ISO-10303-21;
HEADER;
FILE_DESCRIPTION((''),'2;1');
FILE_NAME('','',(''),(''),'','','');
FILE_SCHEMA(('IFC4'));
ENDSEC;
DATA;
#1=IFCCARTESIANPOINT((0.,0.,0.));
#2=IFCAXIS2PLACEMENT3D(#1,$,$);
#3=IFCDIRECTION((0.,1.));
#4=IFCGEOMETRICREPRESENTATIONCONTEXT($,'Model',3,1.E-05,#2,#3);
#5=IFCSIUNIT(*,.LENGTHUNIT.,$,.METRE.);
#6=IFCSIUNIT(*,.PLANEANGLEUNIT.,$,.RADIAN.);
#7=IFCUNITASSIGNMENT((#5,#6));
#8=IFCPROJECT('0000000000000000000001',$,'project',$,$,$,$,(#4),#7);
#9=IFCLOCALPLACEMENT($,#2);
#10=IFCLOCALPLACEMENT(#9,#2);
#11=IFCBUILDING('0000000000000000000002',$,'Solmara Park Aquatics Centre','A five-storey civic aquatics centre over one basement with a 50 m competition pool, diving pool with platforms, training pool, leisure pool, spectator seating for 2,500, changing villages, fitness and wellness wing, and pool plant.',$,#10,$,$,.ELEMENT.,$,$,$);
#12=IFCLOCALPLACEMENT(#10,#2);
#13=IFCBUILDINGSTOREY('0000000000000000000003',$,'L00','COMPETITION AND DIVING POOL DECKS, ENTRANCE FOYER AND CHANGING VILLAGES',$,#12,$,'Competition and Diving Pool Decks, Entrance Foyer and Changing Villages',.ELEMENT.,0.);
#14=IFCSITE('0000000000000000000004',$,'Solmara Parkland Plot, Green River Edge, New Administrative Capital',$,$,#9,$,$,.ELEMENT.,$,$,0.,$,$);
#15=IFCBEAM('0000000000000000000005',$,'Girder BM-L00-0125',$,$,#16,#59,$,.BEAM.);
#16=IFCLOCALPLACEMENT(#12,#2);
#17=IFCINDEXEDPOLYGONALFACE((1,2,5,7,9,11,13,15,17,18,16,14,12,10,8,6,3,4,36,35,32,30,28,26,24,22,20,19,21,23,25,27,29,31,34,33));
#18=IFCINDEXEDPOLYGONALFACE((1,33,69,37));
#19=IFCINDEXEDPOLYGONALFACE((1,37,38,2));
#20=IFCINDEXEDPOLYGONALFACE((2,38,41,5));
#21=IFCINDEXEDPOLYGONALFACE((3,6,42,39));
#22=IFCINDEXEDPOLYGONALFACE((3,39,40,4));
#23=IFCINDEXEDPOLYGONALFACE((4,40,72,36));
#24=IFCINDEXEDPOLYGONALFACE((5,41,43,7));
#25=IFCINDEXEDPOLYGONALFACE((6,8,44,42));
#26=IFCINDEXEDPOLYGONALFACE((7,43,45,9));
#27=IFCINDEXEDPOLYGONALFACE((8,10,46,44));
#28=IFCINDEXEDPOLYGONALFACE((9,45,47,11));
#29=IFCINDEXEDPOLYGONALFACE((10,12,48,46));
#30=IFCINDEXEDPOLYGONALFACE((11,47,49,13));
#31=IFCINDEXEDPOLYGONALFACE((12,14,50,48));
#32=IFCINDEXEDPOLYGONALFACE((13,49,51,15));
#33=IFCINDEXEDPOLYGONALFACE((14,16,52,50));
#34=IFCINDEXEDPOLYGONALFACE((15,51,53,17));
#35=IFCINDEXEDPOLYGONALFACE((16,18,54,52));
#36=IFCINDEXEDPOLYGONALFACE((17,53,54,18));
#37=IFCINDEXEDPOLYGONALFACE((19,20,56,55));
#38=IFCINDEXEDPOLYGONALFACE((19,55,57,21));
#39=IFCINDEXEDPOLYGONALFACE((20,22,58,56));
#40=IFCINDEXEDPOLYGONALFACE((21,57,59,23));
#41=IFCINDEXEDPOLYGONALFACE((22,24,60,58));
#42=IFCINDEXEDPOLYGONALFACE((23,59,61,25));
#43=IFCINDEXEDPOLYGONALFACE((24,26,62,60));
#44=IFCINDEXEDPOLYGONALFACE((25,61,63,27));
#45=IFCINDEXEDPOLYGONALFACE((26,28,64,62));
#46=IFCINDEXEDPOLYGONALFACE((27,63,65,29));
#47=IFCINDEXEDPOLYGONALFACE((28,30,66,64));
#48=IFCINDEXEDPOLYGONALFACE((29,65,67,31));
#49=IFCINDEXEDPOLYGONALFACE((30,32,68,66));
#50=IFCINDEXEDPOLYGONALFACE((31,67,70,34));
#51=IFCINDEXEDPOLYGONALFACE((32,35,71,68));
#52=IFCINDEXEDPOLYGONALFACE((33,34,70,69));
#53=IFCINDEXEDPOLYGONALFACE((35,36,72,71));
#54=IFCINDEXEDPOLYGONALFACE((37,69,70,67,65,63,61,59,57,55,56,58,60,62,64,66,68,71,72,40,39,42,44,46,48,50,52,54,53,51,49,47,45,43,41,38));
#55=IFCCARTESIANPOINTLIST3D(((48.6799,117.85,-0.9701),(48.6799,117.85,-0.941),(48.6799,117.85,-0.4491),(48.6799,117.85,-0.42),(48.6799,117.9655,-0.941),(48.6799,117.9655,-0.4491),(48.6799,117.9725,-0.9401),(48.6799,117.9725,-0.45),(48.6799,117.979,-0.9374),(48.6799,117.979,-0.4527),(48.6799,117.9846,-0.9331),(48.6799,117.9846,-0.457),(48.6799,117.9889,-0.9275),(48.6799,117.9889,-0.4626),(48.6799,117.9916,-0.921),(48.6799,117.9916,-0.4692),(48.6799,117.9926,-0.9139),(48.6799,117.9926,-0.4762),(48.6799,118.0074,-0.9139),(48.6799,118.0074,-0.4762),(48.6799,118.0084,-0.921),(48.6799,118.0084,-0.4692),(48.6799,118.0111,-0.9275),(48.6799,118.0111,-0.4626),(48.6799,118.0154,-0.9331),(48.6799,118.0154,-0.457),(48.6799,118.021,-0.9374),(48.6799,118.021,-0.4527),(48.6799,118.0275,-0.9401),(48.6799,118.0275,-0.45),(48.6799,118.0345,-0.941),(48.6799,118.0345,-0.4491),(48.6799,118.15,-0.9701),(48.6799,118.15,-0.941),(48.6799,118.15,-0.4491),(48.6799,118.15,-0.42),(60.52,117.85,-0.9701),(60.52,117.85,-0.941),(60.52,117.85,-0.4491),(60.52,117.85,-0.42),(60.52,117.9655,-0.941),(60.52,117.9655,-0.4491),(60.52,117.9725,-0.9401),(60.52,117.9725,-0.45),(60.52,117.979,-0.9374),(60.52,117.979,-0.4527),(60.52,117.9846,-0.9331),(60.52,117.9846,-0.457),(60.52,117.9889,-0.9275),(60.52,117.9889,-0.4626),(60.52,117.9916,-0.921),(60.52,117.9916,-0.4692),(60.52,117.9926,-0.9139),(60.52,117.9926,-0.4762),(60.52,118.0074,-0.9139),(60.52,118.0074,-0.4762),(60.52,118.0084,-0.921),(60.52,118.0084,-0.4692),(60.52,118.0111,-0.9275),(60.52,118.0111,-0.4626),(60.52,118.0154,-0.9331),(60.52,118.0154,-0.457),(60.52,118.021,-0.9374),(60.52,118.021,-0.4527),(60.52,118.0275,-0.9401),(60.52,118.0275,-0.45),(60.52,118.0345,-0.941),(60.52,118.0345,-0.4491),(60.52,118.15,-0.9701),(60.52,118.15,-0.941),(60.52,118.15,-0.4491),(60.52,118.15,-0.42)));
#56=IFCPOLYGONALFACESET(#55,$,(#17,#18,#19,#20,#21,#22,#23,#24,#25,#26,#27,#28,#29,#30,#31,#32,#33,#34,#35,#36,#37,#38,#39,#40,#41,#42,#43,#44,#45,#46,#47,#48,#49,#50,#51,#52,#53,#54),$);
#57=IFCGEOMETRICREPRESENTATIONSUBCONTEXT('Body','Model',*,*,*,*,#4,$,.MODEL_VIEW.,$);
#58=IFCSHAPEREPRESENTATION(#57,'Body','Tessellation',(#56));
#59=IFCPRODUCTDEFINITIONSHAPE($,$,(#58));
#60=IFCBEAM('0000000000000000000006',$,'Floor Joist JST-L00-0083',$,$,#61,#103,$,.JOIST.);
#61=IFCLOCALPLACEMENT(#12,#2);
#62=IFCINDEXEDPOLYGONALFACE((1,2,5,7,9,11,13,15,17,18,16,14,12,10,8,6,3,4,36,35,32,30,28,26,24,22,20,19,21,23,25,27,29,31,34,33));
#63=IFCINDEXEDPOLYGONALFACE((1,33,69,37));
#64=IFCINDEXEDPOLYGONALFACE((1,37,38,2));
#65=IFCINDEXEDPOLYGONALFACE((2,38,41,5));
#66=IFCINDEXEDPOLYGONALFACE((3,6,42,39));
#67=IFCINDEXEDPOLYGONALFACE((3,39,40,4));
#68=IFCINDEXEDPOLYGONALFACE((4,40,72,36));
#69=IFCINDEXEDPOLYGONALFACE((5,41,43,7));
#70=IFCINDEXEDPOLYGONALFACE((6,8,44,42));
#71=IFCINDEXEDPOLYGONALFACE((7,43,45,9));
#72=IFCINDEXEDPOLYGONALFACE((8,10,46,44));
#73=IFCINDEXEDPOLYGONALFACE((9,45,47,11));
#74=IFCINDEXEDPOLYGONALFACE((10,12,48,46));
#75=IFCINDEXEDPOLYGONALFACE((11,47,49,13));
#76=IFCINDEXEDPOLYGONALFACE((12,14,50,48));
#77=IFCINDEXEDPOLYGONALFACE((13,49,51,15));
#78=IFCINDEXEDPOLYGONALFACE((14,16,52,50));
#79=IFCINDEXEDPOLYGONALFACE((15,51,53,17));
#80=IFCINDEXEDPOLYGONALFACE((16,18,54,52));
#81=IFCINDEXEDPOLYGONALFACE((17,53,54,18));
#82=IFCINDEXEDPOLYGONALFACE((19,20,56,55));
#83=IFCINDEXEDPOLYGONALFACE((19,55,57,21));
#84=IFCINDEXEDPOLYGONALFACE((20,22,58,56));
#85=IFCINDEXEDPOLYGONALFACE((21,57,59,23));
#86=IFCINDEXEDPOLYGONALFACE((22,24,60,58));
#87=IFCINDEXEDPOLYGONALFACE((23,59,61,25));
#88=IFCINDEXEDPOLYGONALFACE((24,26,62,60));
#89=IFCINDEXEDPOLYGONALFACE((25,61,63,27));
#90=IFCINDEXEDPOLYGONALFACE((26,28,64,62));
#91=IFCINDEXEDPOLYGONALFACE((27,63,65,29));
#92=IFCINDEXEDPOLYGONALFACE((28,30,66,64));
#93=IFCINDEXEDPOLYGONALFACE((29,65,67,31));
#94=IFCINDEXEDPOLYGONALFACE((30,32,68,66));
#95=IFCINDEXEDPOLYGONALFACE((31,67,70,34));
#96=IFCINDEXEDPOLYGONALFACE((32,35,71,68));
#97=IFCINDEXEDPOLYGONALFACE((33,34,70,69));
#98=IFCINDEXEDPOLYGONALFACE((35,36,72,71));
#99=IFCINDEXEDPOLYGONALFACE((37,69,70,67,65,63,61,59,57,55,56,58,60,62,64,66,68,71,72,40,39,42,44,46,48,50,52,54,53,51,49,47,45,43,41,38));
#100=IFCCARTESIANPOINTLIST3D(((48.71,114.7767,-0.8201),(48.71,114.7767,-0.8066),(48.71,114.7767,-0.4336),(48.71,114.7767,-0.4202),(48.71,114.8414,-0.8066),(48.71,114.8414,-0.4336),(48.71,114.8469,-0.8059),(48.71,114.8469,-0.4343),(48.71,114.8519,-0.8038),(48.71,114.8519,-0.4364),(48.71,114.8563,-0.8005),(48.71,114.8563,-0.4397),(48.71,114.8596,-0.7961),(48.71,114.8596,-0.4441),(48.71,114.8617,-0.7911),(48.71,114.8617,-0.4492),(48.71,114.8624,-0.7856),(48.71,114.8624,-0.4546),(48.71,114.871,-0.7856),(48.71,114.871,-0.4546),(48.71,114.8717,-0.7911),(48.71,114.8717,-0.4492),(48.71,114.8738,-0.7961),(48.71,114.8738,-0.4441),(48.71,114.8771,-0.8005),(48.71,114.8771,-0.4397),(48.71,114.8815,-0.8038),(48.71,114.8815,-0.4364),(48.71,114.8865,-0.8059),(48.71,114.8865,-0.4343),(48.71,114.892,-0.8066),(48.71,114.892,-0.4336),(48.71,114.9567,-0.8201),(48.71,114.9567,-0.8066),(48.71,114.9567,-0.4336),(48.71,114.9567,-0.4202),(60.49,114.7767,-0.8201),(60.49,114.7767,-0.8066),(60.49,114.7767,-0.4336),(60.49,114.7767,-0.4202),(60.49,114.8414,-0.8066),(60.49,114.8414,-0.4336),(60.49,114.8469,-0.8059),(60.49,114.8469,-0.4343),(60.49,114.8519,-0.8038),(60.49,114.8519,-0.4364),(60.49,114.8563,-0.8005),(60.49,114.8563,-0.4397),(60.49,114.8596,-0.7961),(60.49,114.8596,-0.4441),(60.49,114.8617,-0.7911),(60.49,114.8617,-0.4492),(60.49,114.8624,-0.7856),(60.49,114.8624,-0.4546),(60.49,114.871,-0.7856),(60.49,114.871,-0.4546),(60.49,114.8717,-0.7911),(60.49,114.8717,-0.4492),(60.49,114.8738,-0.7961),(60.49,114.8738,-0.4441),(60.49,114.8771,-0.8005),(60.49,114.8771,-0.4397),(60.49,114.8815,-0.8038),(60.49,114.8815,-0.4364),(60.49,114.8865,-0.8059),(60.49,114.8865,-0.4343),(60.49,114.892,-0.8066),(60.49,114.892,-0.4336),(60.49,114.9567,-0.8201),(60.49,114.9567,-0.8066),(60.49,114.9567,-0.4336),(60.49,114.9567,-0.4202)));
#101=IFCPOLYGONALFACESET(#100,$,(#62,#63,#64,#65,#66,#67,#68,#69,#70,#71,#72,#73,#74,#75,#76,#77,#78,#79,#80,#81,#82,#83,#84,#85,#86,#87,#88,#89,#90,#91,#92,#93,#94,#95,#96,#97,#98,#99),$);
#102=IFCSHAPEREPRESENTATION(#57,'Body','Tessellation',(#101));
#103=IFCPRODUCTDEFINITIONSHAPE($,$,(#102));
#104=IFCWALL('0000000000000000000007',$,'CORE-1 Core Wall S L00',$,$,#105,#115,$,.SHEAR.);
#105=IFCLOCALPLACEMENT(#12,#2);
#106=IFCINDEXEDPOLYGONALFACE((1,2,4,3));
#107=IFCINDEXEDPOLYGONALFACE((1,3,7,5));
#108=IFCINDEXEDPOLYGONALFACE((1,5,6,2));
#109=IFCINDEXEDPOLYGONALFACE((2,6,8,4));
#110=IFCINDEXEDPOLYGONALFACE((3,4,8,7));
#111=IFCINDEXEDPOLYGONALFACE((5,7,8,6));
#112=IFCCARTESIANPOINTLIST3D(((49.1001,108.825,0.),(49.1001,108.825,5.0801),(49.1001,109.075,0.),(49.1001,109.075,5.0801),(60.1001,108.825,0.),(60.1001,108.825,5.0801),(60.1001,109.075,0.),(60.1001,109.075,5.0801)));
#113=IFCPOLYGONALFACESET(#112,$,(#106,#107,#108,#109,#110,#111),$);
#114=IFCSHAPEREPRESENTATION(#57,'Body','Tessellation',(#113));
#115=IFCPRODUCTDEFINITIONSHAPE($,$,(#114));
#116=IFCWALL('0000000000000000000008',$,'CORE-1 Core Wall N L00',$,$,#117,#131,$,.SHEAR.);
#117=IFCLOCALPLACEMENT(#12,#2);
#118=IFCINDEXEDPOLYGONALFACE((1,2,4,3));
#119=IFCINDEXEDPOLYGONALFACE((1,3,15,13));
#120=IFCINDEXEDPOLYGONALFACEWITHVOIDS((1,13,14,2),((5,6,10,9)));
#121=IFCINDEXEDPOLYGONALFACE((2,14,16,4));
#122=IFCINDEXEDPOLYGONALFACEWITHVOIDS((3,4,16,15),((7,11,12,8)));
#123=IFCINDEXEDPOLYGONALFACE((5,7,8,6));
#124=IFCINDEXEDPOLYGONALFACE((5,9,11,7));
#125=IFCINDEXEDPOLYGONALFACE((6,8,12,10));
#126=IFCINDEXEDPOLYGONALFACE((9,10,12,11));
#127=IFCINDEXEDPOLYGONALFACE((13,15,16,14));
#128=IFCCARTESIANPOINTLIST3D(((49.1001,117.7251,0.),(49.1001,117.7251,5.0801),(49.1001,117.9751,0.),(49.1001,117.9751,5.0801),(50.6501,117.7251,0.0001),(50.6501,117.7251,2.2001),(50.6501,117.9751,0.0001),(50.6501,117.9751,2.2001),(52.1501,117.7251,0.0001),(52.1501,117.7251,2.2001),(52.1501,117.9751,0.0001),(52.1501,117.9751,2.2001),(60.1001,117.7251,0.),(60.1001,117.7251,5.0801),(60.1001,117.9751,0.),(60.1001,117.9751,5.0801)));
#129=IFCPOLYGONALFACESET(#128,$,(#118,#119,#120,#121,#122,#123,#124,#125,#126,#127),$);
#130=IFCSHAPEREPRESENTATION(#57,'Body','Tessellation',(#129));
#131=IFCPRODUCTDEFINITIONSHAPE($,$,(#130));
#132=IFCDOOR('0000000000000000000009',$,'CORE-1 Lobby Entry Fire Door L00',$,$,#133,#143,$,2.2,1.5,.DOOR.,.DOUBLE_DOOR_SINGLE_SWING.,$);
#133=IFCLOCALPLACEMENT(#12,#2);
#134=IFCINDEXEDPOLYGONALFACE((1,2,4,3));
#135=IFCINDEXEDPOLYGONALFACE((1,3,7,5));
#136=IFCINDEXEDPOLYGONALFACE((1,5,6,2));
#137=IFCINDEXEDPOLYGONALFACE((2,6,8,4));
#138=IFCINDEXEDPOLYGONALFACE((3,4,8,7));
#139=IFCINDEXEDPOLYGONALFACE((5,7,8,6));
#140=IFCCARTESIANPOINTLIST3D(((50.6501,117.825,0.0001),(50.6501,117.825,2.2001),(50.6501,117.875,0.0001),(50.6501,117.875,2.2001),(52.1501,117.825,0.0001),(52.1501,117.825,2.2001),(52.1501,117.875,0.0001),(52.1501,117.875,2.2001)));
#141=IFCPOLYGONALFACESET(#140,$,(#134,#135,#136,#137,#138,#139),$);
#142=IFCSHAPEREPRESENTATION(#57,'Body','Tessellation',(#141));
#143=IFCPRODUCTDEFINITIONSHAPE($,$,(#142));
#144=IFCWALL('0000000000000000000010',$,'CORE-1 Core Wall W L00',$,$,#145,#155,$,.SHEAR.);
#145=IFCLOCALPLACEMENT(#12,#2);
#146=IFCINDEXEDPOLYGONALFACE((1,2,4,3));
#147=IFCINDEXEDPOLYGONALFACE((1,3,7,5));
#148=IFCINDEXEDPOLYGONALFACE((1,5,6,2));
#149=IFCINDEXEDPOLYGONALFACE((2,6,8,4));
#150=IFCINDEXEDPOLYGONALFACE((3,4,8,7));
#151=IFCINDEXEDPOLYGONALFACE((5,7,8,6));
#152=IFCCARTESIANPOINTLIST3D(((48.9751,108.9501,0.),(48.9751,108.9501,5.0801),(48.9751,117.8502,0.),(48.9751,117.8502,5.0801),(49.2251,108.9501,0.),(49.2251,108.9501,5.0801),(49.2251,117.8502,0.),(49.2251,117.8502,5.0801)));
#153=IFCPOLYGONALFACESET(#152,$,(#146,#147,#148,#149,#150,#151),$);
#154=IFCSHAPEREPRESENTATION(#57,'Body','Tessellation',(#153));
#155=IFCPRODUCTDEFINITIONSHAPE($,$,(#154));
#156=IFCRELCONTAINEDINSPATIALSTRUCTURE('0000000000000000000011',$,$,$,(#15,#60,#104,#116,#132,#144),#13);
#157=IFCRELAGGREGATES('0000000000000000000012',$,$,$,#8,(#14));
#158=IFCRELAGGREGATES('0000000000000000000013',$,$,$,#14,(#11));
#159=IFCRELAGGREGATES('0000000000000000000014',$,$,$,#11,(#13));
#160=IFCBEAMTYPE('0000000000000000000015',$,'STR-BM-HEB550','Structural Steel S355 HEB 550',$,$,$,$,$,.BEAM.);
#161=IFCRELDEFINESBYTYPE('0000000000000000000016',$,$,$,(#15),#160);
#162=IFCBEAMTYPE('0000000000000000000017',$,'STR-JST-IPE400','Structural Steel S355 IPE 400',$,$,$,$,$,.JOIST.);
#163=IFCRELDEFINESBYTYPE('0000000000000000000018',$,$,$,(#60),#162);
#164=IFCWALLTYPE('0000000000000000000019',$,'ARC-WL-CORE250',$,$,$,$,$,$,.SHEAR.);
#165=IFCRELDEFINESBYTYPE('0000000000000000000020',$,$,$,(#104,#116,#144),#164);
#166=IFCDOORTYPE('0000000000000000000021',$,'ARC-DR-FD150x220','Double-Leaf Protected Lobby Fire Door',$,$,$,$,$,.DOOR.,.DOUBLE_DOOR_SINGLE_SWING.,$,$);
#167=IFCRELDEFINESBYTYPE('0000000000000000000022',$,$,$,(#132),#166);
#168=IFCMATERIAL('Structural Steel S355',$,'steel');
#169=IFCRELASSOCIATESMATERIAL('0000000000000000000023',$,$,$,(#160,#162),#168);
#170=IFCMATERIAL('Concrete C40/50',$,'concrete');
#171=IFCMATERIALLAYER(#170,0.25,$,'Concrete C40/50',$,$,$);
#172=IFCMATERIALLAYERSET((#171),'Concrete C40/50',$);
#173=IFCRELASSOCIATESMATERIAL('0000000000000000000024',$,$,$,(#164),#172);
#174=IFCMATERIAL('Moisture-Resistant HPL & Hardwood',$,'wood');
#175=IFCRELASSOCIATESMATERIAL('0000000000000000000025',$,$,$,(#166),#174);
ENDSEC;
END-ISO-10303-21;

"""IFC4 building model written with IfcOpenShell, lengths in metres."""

from ifc_helpers import new_model, si_unit, direction, frame, frame_2d, origin, origin_2d, place, context, subcontext, project, spatial, rectangle, i_section, extrude, material, layer, layer_set, material_profile, profile_set, type_object, element, fill, save


model = new_model("IFC4")

# Units and contexts
model_context = context("Model", 3, precision=1e-05, world=origin(), true_north=direction((0.0, 1.0)))
body_context = subcontext(model_context, "Body", "Model", "MODEL_VIEW")
ifc_project = project(units=[si_unit("LENGTHUNIT", "METRE"), si_unit("PLANEANGLEUNIT", "RADIAN")], contexts=[model_context])

# Site, building, storey
site_placement = place(None, origin())
site = spatial("IfcSite", under=ifc_project, at=site_placement, Name="Solmara Parkland Plot, Green River Edge, New Administrative Capital", CompositionType="ELEMENT", RefElevation=0.0)
building_placement = place(site_placement, origin())
building = spatial("IfcBuilding", under=site, at=building_placement, Name="Solmara Park Aquatics Centre", Description="A five-storey civic aquatics centre over one basement with a 50 m competition pool, diving pool with platforms, training pool, leisure pool, spectator seating for 2,500, changing villages, fitness and wellness wing, and pool plant.", CompositionType="ELEMENT")
storey_placement = place(building_placement, origin())
storey = spatial("IfcBuildingStorey", under=building, at=storey_placement, Name="L00", Description="COMPETITION AND DIVING POOL DECKS, ENTRANCE FOYER AND CHANGING VILLAGES", LongName="Competition and Diving Pool Decks, Entrance Foyer and Changing Villages", CompositionType="ELEMENT", Elevation=0.0)

# Beams
ifc_material_1 = material(Name="Structural Steel S355", Category="steel")
ifc_material_profile_1 = material_profile(ifc_material_1, i_section(OverallWidth=0.3, OverallDepth=0.55, WebThickness=0.0149, FlangeThickness=0.0291, FilletRadius=0.0271, at=origin_2d()), Name="HEB 550")
ifc_profile_set_1 = profile_set([ifc_material_profile_1], Name="Structural Steel S355")
beam_type_1 = type_object("IfcBeamType", Name="STR-BM-HEB550", Description="Structural Steel S355 HEB 550", PredefinedType="BEAM", material=ifc_profile_set_1)
beam_1_placement = place(storey_placement, frame((48.6799, 118.0, -0.6951), z_axis=(1.0, 0.0, 0.0), x_axis=(0.0, 1.0, 0.0)))
element("IfcBeam", 1, at=beam_1_placement, inside=storey, type_object=beam_type_1, Name="Girder BM-L00-0125", PredefinedType="BEAM", context=body_context, shape_type="SweptSolid", body=[
    extrude(i_section(OverallWidth=0.3, OverallDepth=0.55, WebThickness=0.0149, FlangeThickness=0.0291, FilletRadius=0.0271, at=origin_2d()), origin(), (0.0, 0.0, 1.0), 11.8401),
])
ifc_material_profile_2 = material_profile(ifc_material_1, i_section(OverallWidth=0.1799, OverallDepth=0.3999, WebThickness=0.0085, FlangeThickness=0.0134, FilletRadius=0.021, at=origin_2d()), Name="IPE 400")
ifc_profile_set_2 = profile_set([ifc_material_profile_2], Name="Structural Steel S355")
beam_type_2 = type_object("IfcBeamType", Name="STR-JST-IPE400", Description="Structural Steel S355 IPE 400", PredefinedType="JOIST", material=ifc_profile_set_2)
beam_2_placement = place(storey_placement, frame((48.71, 114.8667, -0.6201), z_axis=(1.0, 0.0, 0.0), x_axis=(0.0, 1.0, 0.0)))
element("IfcBeam", 2, at=beam_2_placement, inside=storey, type_object=beam_type_2, Name="Floor Joist JST-L00-0083", PredefinedType="JOIST", context=body_context, shape_type="SweptSolid", body=[
    extrude(i_section(OverallWidth=0.1799, OverallDepth=0.3999, WebThickness=0.0085, FlangeThickness=0.0134, FilletRadius=0.021, at=origin_2d()), origin(), (0.0, 0.0, 1.0), 11.78),
])

# Wall
ifc_material_2 = material(Name="Concrete C40/50", Category="concrete")
ifc_layer_1 = layer(ifc_material_2, 0.25, Name="Concrete C40/50")
ifc_layer_set_1 = layer_set([ifc_layer_1], Name="Concrete C40/50")
wall_type_1 = type_object("IfcWallType", Name="ARC-WL-CORE250", PredefinedType="SHEAR", material=ifc_layer_set_1)
wall_1_placement = place(storey_placement, frame((49.1001, 108.95, 0.0), z_axis=(0.0, 0.0, 1.0), x_axis=(1.0, 0.0, 0.0)))
element("IfcWall", 3, at=wall_1_placement, inside=storey, type_object=wall_type_1, Name="CORE-1 Core Wall S L00", PredefinedType="SHEAR", context=body_context, shape_type="SweptSolid", body=[
    extrude(rectangle(XDim=11.0, YDim=0.25, at=frame_2d((5.5, 0.0))), origin(), (0.0, 0.0, 1.0), 5.0801),
])

# Wall, opening, door
wall_2_placement = place(storey_placement, frame((49.1001, 117.8501, 0.0), z_axis=(0.0, 0.0, 1.0), x_axis=(1.0, 0.0, 0.0)))
wall_2 = element("IfcWall", 4, at=wall_2_placement, inside=storey, type_object=wall_type_1, Name="CORE-1 Core Wall N L00", PredefinedType="SHEAR", context=body_context, shape_type="SweptSolid", body=[
    extrude(rectangle(XDim=11.0, YDim=0.25, at=frame_2d((5.5, 0.0))), origin(), (0.0, 0.0, 1.0), 5.0801),
])
opening_1_placement = place(wall_2_placement, frame((1.55, 0.0, 0.0)))
opening_1 = element("IfcOpeningElement", 5, at=opening_1_placement, cuts=wall_2, PredefinedType="OPENING", context=body_context, shape_type="SweptSolid", body=[
    extrude(rectangle(XDim=1.5, YDim=2.2, at=frame_2d((0.75, 1.1001))), frame((0.0, 0.135, 0.0), z_axis=(0.0, -1.0, 0.0), x_axis=(1.0, 0.0, 0.0)), (0.0, 0.0, 1.0), 0.27),
])
ifc_material_3 = material(Name="Moisture-Resistant HPL & Hardwood", Category="wood")
door_type_1 = type_object("IfcDoorType", Name="ARC-DR-FD150x220", Description="Double-Leaf Protected Lobby Fire Door", OperationType="DOUBLE_DOOR_SINGLE_SWING", PredefinedType="DOOR", material=ifc_material_3)
door_1_placement = place(opening_1_placement, origin())
door_1 = element("IfcDoor", 6, at=door_1_placement, inside=storey, type_object=door_type_1, Name="CORE-1 Lobby Entry Fire Door L00", OperationType="DOUBLE_DOOR_SINGLE_SWING", OverallHeight=2.2, OverallWidth=1.5, PredefinedType="DOOR", context=body_context, shape_type="SweptSolid", body=[
    extrude(rectangle(XDim=1.5, YDim=2.2, at=frame_2d((0.75, 1.1001))), frame((0.0, 0.0249, 0.0), z_axis=(0.0, -1.0, 0.0), x_axis=(1.0, 0.0, 0.0)), (0.0, 0.0, 1.0), 0.05),
])
fill(opening_1, door_1)

# Wall
wall_3_placement = place(storey_placement, frame((49.1001, 108.95, 0.0), z_axis=(0.0, 0.0, 1.0), x_axis=(0.0, 1.0, 0.0)))
element("IfcWall", 7, at=wall_3_placement, inside=storey, type_object=wall_type_1, Name="CORE-1 Core Wall W L00", PredefinedType="SHEAR", context=body_context, shape_type="SweptSolid", body=[
    extrude(rectangle(XDim=8.9001, YDim=0.25, at=frame_2d((4.4502, 0.0))), origin(), (0.0, 0.0, 1.0), 5.0801),
])

save(model, "model.ifc")
